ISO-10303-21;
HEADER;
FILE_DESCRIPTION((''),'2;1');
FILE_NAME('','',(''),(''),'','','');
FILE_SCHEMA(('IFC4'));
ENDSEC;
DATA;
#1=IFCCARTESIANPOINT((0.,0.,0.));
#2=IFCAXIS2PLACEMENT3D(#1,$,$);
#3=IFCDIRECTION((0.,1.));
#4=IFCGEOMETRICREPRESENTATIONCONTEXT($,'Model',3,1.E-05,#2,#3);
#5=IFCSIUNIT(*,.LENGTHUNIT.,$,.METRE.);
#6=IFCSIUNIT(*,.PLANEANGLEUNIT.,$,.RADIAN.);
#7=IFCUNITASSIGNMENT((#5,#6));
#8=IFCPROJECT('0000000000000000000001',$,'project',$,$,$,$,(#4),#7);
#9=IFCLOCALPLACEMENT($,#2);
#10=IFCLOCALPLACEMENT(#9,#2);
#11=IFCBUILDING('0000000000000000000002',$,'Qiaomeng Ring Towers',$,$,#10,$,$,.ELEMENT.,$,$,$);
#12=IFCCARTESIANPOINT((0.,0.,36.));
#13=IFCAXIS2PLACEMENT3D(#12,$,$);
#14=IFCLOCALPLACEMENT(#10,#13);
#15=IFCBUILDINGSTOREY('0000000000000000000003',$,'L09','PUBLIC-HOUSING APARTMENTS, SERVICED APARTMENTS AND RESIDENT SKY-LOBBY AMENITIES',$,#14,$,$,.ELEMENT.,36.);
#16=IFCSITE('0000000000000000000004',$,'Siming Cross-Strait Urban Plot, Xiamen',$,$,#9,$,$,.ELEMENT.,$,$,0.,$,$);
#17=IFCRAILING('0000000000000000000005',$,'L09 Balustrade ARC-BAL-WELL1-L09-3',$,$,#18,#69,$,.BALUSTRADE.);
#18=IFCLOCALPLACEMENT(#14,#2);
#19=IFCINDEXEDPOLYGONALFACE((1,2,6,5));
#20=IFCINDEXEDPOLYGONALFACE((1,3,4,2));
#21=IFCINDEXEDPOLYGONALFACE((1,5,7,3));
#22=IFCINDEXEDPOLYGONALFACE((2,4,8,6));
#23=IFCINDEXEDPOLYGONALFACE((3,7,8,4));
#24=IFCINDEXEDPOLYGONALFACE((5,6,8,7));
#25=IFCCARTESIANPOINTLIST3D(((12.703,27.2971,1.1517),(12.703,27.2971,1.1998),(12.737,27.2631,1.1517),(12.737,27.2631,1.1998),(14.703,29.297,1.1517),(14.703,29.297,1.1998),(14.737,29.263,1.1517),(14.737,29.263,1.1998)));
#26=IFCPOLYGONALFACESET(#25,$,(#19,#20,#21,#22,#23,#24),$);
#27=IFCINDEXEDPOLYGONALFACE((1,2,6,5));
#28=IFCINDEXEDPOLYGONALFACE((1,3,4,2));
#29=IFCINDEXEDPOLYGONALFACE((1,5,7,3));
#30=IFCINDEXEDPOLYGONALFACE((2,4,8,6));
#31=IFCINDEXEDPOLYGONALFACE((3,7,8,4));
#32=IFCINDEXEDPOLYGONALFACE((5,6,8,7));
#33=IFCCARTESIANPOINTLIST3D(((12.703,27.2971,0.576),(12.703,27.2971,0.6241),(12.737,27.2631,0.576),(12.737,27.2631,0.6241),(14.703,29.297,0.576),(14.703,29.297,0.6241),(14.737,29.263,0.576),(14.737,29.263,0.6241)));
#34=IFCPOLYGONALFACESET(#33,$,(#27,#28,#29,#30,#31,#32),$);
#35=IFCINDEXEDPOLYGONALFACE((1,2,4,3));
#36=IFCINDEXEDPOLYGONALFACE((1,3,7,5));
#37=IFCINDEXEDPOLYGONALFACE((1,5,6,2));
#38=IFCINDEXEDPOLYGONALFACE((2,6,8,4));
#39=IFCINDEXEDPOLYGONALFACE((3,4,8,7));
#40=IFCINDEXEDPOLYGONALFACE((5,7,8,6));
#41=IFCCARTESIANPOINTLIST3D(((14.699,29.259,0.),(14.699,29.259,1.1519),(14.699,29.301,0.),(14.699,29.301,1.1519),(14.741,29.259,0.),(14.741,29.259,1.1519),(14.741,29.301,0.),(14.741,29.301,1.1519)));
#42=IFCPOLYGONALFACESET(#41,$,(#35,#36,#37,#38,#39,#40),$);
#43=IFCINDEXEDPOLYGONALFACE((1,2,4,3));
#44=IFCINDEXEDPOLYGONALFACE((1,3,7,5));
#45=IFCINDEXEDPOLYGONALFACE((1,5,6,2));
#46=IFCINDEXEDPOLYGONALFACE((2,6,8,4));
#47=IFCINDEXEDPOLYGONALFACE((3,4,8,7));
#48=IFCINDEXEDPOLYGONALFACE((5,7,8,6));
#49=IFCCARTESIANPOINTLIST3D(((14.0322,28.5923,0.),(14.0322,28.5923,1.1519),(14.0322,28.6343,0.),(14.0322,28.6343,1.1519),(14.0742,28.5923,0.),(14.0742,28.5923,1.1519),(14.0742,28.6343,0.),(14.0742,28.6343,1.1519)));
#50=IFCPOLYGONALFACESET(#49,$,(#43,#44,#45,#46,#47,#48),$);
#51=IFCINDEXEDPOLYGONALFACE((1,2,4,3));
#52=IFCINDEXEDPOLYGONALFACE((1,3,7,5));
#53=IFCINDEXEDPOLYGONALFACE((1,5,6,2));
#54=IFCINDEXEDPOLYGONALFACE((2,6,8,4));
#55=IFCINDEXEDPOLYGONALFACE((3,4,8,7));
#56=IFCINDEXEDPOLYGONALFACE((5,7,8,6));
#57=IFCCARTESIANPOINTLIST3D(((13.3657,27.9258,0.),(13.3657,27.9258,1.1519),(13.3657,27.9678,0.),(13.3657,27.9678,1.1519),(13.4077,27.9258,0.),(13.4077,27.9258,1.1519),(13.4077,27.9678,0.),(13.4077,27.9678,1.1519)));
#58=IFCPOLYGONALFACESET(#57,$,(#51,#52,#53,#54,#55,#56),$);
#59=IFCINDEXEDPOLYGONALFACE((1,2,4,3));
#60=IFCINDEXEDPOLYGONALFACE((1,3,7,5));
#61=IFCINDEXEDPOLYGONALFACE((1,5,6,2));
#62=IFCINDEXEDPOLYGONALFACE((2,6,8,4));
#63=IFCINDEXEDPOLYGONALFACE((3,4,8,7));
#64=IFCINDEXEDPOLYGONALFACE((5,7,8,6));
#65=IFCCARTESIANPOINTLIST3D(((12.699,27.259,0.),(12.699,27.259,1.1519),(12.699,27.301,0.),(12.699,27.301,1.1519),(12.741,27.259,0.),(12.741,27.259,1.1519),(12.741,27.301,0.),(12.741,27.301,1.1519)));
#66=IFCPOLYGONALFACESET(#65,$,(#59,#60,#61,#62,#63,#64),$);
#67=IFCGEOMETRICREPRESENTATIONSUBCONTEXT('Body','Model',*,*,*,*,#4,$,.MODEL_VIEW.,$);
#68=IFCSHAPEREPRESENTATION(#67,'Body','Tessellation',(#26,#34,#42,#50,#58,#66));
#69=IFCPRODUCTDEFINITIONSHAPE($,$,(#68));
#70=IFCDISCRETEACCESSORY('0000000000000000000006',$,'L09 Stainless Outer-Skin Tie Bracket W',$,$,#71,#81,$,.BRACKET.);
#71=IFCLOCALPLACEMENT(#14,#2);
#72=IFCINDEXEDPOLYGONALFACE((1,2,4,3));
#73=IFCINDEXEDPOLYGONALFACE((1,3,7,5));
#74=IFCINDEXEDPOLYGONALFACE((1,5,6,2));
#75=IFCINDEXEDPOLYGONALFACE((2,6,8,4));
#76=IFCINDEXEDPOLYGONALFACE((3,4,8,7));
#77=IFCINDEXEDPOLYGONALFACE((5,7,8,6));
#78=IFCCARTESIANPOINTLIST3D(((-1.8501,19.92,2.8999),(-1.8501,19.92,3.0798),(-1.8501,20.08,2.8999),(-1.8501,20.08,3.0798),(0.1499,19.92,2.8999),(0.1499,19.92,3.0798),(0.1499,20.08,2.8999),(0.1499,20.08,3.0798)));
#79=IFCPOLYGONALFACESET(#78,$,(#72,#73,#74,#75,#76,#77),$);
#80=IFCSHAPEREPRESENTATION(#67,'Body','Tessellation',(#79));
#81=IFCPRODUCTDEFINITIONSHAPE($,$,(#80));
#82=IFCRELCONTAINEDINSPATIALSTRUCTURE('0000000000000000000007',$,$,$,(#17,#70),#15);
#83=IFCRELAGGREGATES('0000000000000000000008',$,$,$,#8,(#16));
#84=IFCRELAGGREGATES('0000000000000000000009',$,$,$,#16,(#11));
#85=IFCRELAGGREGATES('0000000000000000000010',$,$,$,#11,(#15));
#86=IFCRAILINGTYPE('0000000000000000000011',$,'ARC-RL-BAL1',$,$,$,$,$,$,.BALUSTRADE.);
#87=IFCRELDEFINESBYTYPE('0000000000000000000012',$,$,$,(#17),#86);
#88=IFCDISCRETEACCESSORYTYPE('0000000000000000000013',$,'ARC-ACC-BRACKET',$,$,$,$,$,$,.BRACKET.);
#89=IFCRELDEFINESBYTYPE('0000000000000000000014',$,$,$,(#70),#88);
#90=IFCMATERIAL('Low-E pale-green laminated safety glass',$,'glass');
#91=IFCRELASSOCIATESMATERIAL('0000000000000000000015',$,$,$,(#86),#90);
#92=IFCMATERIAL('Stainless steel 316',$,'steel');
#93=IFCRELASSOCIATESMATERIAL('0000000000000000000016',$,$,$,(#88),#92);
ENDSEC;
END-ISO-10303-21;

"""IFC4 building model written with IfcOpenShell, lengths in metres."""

from ifc_helpers import new_model, si_unit, direction, frame, origin, origin_2d, place, context, subcontext, project, spatial, rectangle, extrude, source, transform, mapped, material, type_object, element, save


model = new_model("IFC4")

# Units and contexts
model_context = context("Model", 3, precision=1e-05, world=origin(), true_north=direction((0.0, 1.0)))
body_context = subcontext(model_context, "Body", "Model", "MODEL_VIEW")
ifc_project = project(units=[si_unit("LENGTHUNIT", "METRE"), si_unit("PLANEANGLEUNIT", "RADIAN")], contexts=[model_context])

# Site, building, storey
site_placement = place(None, origin())
site = spatial("IfcSite", under=ifc_project, at=site_placement, Name="Siming Cross-Strait Urban Plot, Xiamen", CompositionType="ELEMENT", RefElevation=0.0)
building_placement = place(site_placement, origin())
building = spatial("IfcBuilding", under=site, at=building_placement, Name="Qiaomeng Ring Towers", CompositionType="ELEMENT")
storey_placement = place(building_placement, frame((0.0, 0.0, 36.0)))
storey = spatial("IfcBuildingStorey", under=building, at=storey_placement, Name="L09", Description="PUBLIC-HOUSING APARTMENTS, SERVICED APARTMENTS AND RESIDENT SKY-LOBBY AMENITIES", CompositionType="ELEMENT", Elevation=36.0)

# Shared definitions
ifc_material_1 = material(Name="Stainless steel 316", Category="steel")

# Railing
ifc_material_2 = material(Name="Low-E pale-green laminated safety glass", Category="glass")
railing_type = type_object("IfcRailingType", Name="ARC-RL-BAL1", PredefinedType="BALUSTRADE", material=ifc_material_2)
railing_placement = place(storey_placement, frame((14.72, 29.28, 0.0)))
element("IfcRailing", 1, at=railing_placement, inside=storey, type_object=railing_type, Name="L09 Balustrade ARC-BAL-WELL1-L09-3", PredefinedType="BALUSTRADE", context=body_context, shape_type="SweptSolid", body=[
    extrude(rectangle(XDim=0.0481, YDim=0.0481, at=origin_2d()), frame((0.0, 0.0, 1.1758), z_axis=(-0.707107, -0.707107, 0.0), x_axis=(0.707107, -0.707107, 0.0)), (0.0, 0.0, 1.0), 2.8284),
    extrude(rectangle(XDim=0.0481, YDim=0.0481, at=origin_2d()), frame((0.0, 0.0, 0.6001), z_axis=(-0.707107, -0.707107, 0.0), x_axis=(0.707107, -0.707107, 0.0)), (0.0, 0.0, 1.0), 2.8284),
    extrude(rectangle(XDim=0.042, YDim=0.042, at=origin_2d()), origin(), (0.0, 0.0, 1.0), 1.1519),
    extrude(rectangle(XDim=0.042, YDim=0.042, at=origin_2d()), frame((-0.6667, -0.6667, 0.0)), (0.0, 0.0, 1.0), 1.1519),
    extrude(rectangle(XDim=0.042, YDim=0.042, at=origin_2d()), frame((-1.3333, -1.3333, 0.0)), (0.0, 0.0, 1.0), 1.1519),
    extrude(rectangle(XDim=0.042, YDim=0.042, at=origin_2d()), frame((-2.0, -2.0, 0.0)), (0.0, 0.0, 1.0), 1.1519),
])

# Discrete accessory
discrete_accessory_type = type_object("IfcDiscreteAccessoryType", Name="ARC-ACC-BRACKET", PredefinedType="BRACKET", material=ifc_material_1)
shared_shape_1 = source(origin(), body_context, "Body", "SweptSolid", [
    extrude(rectangle(XDim=2.0, YDim=0.1599, at=origin_2d()), origin(), (0.0, 0.0, 1.0), 0.1799),
])
discrete_accessory_placement = place(storey_placement, frame((-0.8501, 20.0, 2.8999), z_axis=(0.0, 0.0, 1.0), x_axis=(1.0, 0.0, 0.0)))
element("IfcDiscreteAccessory", 2, at=discrete_accessory_placement, inside=storey, type_object=discrete_accessory_type, Name="L09 Stainless Outer-Skin Tie Bracket W", PredefinedType="BRACKET", context=body_context, shape_type="MappedRepresentation", body=[
    mapped(shared_shape_1, transform((0.0, 0.0, 0.0), x_axis=(1.0, 0.0, 0.0), y_axis=(0.0, 1.0, 0.0), z_axis=(0.0, 0.0, 1.0), scale=1.0)),
])

save(model, "model.ifc")
